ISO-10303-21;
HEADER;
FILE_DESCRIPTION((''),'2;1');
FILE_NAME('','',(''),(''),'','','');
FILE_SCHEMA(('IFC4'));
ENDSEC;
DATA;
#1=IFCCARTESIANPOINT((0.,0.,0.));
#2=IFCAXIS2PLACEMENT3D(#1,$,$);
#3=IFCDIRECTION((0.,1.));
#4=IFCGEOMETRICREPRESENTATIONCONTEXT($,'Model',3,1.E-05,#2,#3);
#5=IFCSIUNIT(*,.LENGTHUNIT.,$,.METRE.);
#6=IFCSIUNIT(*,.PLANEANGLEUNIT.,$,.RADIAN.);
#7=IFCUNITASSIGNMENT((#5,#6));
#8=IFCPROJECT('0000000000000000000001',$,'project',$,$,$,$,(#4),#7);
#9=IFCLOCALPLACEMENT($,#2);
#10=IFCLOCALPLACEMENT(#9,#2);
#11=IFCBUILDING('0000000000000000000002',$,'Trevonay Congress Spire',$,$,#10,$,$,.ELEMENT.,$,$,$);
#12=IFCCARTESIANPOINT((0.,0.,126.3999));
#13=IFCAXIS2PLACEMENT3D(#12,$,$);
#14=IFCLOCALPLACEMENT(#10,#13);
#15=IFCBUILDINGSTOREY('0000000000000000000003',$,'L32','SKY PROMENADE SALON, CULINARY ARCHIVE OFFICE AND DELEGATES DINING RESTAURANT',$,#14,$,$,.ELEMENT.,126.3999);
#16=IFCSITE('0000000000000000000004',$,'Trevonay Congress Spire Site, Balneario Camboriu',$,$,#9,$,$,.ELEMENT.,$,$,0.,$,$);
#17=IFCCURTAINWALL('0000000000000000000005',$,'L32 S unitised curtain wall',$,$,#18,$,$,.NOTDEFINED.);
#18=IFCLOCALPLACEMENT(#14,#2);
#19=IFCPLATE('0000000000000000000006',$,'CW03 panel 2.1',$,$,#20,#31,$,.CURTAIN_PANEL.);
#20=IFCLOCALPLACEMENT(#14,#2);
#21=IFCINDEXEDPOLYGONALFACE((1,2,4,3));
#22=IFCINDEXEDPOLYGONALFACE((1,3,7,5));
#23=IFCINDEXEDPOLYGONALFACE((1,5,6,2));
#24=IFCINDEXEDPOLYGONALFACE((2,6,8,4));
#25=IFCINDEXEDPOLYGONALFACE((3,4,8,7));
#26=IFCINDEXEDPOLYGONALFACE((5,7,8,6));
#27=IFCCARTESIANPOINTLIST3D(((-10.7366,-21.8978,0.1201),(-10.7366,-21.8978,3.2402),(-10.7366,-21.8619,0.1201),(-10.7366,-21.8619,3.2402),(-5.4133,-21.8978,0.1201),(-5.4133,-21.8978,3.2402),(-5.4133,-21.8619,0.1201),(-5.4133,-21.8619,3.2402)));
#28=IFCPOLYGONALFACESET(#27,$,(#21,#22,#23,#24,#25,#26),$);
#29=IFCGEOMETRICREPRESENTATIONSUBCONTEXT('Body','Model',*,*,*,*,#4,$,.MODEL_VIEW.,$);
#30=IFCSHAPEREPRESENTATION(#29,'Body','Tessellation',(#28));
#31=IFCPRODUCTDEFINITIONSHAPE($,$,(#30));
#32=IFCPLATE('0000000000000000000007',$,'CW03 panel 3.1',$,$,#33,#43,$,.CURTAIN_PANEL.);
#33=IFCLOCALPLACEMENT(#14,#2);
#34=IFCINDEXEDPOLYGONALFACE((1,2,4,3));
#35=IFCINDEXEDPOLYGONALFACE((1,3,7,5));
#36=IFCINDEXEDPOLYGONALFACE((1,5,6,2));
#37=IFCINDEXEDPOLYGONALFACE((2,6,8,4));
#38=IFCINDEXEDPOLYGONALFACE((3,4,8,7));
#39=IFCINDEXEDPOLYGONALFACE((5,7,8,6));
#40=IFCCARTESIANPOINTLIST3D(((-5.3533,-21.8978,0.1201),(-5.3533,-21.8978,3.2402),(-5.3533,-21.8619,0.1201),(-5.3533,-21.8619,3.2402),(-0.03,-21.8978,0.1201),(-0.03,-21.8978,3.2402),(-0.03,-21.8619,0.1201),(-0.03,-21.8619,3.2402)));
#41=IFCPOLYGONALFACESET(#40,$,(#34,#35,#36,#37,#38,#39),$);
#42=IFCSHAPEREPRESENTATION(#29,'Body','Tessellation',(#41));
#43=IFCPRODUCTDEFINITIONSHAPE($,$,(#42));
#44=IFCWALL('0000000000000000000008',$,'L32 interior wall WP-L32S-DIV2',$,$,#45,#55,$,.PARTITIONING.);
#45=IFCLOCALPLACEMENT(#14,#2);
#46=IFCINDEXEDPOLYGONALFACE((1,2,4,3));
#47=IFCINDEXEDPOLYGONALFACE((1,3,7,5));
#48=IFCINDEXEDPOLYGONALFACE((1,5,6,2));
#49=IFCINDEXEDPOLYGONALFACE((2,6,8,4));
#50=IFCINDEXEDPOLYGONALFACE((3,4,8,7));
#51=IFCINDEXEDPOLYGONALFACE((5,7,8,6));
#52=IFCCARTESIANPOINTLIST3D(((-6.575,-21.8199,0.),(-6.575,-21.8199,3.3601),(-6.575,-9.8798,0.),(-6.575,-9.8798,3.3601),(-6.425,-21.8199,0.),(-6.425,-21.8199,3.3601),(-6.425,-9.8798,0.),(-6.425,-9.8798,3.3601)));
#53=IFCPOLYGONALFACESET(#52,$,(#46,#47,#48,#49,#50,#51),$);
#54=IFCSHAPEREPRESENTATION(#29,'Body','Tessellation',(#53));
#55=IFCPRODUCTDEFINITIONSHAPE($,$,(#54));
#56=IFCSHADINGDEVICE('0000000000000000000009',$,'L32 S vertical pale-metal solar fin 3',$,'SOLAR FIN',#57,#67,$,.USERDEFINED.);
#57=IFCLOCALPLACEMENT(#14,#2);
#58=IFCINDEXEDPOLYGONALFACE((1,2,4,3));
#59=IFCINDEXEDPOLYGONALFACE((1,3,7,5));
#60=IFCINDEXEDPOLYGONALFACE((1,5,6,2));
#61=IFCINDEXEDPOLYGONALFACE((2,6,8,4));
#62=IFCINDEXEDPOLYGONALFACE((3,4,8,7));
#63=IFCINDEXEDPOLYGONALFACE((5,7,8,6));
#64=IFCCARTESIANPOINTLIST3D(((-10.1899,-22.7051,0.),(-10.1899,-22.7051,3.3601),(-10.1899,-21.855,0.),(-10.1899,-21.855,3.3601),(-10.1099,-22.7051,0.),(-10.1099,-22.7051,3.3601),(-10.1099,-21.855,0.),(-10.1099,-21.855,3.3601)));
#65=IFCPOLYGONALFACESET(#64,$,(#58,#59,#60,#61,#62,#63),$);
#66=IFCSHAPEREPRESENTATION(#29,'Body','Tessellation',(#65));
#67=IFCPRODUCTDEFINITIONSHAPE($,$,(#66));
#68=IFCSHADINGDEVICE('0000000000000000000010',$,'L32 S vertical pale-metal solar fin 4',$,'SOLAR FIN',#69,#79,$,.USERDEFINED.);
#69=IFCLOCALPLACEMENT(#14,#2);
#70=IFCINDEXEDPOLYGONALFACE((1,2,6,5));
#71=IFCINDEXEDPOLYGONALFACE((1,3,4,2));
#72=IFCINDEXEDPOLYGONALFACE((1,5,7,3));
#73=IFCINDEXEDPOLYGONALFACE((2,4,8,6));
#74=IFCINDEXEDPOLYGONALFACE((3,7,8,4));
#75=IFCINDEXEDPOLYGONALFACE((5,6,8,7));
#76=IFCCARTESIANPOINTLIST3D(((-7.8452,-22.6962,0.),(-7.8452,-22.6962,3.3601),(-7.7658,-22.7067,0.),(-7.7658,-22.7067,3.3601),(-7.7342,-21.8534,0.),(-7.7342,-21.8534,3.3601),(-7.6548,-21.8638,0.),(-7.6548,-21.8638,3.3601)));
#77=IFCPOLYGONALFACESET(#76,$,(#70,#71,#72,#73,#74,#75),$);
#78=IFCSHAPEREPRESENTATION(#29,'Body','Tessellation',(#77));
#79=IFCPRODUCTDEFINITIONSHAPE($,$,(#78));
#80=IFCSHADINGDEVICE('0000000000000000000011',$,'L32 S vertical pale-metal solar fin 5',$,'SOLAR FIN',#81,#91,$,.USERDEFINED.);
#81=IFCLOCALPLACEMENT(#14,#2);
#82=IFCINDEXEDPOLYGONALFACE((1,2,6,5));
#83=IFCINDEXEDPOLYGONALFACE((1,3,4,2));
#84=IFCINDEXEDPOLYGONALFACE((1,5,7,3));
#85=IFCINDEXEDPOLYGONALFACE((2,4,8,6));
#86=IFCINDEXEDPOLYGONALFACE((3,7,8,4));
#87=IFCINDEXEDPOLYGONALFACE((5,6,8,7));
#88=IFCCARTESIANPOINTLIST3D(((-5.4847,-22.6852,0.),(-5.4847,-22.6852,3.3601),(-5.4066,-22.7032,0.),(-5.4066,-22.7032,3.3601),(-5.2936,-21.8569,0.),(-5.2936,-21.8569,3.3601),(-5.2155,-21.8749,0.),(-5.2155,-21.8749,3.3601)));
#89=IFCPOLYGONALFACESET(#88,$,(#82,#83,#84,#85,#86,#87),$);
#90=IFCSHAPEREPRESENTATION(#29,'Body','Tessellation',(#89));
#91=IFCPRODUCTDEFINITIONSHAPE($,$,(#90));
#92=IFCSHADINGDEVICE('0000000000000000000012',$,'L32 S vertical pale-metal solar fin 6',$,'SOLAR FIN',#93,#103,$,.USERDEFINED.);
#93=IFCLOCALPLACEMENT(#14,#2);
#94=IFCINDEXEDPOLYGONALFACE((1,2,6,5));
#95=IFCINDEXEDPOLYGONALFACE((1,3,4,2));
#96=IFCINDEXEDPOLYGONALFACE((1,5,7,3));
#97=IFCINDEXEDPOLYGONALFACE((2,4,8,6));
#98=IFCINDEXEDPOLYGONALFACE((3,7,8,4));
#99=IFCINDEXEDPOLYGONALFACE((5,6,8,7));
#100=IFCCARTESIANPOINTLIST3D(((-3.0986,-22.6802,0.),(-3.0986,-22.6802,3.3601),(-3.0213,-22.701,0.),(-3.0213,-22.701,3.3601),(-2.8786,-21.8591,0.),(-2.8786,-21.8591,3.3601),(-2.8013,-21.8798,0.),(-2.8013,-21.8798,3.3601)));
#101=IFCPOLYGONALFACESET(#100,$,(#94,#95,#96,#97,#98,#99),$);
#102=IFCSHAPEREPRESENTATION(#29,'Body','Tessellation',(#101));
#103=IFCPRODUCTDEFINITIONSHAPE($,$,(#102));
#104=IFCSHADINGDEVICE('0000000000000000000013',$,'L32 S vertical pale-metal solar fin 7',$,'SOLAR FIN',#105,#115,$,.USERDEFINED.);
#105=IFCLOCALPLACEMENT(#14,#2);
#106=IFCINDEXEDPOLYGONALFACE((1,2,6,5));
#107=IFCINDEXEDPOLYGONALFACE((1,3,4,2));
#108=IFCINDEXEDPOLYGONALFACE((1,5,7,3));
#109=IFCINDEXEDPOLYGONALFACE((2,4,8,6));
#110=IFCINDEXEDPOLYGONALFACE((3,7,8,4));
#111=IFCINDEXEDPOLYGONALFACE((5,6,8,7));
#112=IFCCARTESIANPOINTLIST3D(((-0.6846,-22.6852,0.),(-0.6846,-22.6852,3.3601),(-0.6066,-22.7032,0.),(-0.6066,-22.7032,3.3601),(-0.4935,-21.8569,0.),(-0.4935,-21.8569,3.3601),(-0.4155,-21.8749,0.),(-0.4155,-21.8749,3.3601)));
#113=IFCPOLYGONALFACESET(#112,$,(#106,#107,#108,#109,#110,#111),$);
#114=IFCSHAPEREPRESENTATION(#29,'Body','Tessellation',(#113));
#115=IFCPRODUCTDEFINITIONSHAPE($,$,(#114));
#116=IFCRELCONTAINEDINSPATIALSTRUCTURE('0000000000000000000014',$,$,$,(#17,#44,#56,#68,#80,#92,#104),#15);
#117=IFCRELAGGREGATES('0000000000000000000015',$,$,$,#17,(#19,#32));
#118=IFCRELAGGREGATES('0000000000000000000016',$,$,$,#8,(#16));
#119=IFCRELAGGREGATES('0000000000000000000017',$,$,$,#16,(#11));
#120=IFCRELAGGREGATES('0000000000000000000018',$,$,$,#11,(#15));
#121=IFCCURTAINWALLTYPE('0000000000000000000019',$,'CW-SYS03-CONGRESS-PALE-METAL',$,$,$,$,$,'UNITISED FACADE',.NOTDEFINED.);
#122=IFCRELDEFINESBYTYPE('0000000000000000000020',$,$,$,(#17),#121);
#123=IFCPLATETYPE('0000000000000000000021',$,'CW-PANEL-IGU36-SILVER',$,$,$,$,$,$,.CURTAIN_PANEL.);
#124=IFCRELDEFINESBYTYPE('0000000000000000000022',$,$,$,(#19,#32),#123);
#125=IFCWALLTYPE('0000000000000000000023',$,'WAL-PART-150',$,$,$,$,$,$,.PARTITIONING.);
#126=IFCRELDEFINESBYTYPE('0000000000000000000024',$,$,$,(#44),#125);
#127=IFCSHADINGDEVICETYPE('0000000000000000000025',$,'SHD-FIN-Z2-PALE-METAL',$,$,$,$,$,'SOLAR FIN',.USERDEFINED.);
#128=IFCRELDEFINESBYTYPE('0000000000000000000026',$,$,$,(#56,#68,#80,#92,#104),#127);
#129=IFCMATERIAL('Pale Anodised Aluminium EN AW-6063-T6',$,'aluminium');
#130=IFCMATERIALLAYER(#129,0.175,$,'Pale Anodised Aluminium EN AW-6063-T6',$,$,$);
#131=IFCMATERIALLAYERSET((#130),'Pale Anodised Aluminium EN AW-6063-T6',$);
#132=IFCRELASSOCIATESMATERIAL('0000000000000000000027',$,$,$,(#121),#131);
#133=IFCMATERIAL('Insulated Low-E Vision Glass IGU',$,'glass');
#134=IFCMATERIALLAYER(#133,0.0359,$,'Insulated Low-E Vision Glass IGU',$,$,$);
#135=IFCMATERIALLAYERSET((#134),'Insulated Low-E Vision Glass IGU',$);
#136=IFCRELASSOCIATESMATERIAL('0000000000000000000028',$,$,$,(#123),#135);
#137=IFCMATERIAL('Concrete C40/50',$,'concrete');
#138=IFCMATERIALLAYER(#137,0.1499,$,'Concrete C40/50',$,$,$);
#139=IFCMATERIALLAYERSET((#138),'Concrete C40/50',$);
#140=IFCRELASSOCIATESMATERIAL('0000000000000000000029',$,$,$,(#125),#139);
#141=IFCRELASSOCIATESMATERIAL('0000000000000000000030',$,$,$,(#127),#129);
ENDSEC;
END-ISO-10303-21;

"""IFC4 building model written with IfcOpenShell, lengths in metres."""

from ifc_helpers import new_model, si_unit, direction, frame, frame_2d, origin, origin_2d, place, context, subcontext, project, spatial, rectangle, extrude, material, layer, layer_set, type_object, element, aggregate, save


model = new_model("IFC4")

# Units and contexts
model_context = context("Model", 3, precision=1e-05, world=origin(), true_north=direction((0.0, 1.0)))
body_context = subcontext(model_context, "Body", "Model", "MODEL_VIEW")
ifc_project = project(units=[si_unit("LENGTHUNIT", "METRE"), si_unit("PLANEANGLEUNIT", "RADIAN")], contexts=[model_context])

# Site, building, storey
site_placement = place(None, origin())
site = spatial("IfcSite", under=ifc_project, at=site_placement, Name="Trevonay Congress Spire Site, Balneario Camboriu", CompositionType="ELEMENT", RefElevation=0.0)
building_placement = place(site_placement, origin())
building = spatial("IfcBuilding", under=site, at=building_placement, Name="Trevonay Congress Spire", CompositionType="ELEMENT")
storey_placement = place(building_placement, frame((0.0, 0.0, 126.3999)))
storey = spatial("IfcBuildingStorey", under=building, at=storey_placement, Name="L32", Description="SKY PROMENADE SALON, CULINARY ARCHIVE OFFICE AND DELEGATES DINING RESTAURANT", CompositionType="ELEMENT", Elevation=126.3999)

# Curtain wall, plates
ifc_material_1 = material(Name="Pale Anodised Aluminium EN AW-6063-T6", Category="aluminium")
ifc_layer_1 = layer(ifc_material_1, 0.175, Name="Pale Anodised Aluminium EN AW-6063-T6")
ifc_layer_set_1 = layer_set([ifc_layer_1], Name="Pale Anodised Aluminium EN AW-6063-T6")
curtain_wall_type = type_object("IfcCurtainWallType", Name="CW-SYS03-CONGRESS-PALE-METAL", ElementType="UNITISED FACADE", PredefinedType="NOTDEFINED", material=ifc_layer_set_1)
curtain_wall_placement = place(storey_placement, origin())
curtain_wall = element("IfcCurtainWall", 1, at=curtain_wall_placement, inside=storey, type_object=curtain_wall_type, Name="L32 S unitised curtain wall", PredefinedType="NOTDEFINED")
ifc_material_2 = material(Name="Insulated Low-E Vision Glass IGU", Category="glass")
ifc_layer_2 = layer(ifc_material_2, 0.0359, Name="Insulated Low-E Vision Glass IGU")
ifc_layer_set_2 = layer_set([ifc_layer_2], Name="Insulated Low-E Vision Glass IGU")
plate_type = type_object("IfcPlateType", Name="CW-PANEL-IGU36-SILVER", PredefinedType="CURTAIN_PANEL", material=ifc_layer_set_2)
plate_1_placement = place(storey_placement, frame((-8.075, -21.8799, 0.1201), z_axis=(0.0, 0.0, 1.0), x_axis=(1.0, 0.0, 0.0)))
plate_1 = element("IfcPlate", 2, at=plate_1_placement, type_object=plate_type, Name="CW03 panel 2.1", PredefinedType="CURTAIN_PANEL", context=body_context, shape_type="SweptSolid", body=[
    extrude(rectangle(XDim=5.3232, YDim=0.0359, at=origin_2d()), origin(), (0.0, 0.0, 1.0), 3.1201),
])
plate_2_placement = place(storey_placement, frame((-2.6917, -21.8799, 0.1201), z_axis=(0.0, 0.0, 1.0), x_axis=(1.0, 0.0, 0.0)))
plate_2 = element("IfcPlate", 3, at=plate_2_placement, type_object=plate_type, Name="CW03 panel 3.1", PredefinedType="CURTAIN_PANEL", context=body_context, shape_type="SweptSolid", body=[
    extrude(rectangle(XDim=5.3232, YDim=0.0359, at=origin_2d()), origin(), (0.0, 0.0, 1.0), 3.1201),
])
aggregate(curtain_wall, [plate_1, plate_2])

# Wall
ifc_material_3 = material(Name="Concrete C40/50", Category="concrete")
ifc_layer_3 = layer(ifc_material_3, 0.1499, Name="Concrete C40/50")
ifc_layer_set_3 = layer_set([ifc_layer_3], Name="Concrete C40/50")
wall_type = type_object("IfcWallType", Name="WAL-PART-150", PredefinedType="PARTITIONING", material=ifc_layer_set_3)
wall_placement = place(storey_placement, frame((-6.5, -21.8201, 0.0), z_axis=(0.0, 0.0, 1.0), x_axis=(0.0, 1.0, 0.0)))
element("IfcWall", 4, at=wall_placement, inside=storey, type_object=wall_type, Name="L32 interior wall WP-L32S-DIV2", PredefinedType="PARTITIONING", context=body_context, shape_type="SweptSolid", body=[
    extrude(rectangle(XDim=11.9402, YDim=0.1499, at=frame_2d((5.9702, 0.0))), origin(), (0.0, 0.0, 1.0), 3.3601),
])

# Shading devices
shading_device_type = type_object("IfcShadingDeviceType", Name="SHD-FIN-Z2-PALE-METAL", ElementType="SOLAR FIN", PredefinedType="USERDEFINED", material=ifc_material_1)
for number, where, z_axis, x_axis, name in (
    (5, (-10.1499, -22.28, 0.0), (0.0, 0.0, 1.0), (1.0, 0.0, 0.0), "L32 S vertical pale-metal solar fin 3"),
    (6, (-7.75, -22.28, 0.0), (0.0, 0.0, 1.0), (0.991445, -0.130526, 0.0), "L32 S vertical pale-metal solar fin 4"),
    (7, (-5.3501, -22.28, 0.0), (0.0, 0.0, 1.0), (0.974409, -0.224781, 0.0), "L32 S vertical pale-metal solar fin 5"),
    (8, (-2.95, -22.28, 0.0), (0.0, 0.0, 1.0), (0.965926, -0.258819, 0.0), "L32 S vertical pale-metal solar fin 6"),
    (9, (-0.55, -22.28, 0.0), (0.0, 0.0, 1.0), (0.974409, -0.224781, 0.0), "L32 S vertical pale-metal solar fin 7"),
):
    element("IfcShadingDevice", number, at=place(storey_placement, frame(where, z_axis=z_axis, x_axis=x_axis)), inside=storey, type_object=shading_device_type, Name=name, ObjectType="SOLAR FIN", PredefinedType="USERDEFINED", context=body_context, shape_type="SweptSolid", body=[
        extrude(rectangle(XDim=0.0801, YDim=0.8501, at=origin_2d()), origin(), (0.0, 0.0, 1.0), 3.3601),
    ])

save(model, "model.ifc")
